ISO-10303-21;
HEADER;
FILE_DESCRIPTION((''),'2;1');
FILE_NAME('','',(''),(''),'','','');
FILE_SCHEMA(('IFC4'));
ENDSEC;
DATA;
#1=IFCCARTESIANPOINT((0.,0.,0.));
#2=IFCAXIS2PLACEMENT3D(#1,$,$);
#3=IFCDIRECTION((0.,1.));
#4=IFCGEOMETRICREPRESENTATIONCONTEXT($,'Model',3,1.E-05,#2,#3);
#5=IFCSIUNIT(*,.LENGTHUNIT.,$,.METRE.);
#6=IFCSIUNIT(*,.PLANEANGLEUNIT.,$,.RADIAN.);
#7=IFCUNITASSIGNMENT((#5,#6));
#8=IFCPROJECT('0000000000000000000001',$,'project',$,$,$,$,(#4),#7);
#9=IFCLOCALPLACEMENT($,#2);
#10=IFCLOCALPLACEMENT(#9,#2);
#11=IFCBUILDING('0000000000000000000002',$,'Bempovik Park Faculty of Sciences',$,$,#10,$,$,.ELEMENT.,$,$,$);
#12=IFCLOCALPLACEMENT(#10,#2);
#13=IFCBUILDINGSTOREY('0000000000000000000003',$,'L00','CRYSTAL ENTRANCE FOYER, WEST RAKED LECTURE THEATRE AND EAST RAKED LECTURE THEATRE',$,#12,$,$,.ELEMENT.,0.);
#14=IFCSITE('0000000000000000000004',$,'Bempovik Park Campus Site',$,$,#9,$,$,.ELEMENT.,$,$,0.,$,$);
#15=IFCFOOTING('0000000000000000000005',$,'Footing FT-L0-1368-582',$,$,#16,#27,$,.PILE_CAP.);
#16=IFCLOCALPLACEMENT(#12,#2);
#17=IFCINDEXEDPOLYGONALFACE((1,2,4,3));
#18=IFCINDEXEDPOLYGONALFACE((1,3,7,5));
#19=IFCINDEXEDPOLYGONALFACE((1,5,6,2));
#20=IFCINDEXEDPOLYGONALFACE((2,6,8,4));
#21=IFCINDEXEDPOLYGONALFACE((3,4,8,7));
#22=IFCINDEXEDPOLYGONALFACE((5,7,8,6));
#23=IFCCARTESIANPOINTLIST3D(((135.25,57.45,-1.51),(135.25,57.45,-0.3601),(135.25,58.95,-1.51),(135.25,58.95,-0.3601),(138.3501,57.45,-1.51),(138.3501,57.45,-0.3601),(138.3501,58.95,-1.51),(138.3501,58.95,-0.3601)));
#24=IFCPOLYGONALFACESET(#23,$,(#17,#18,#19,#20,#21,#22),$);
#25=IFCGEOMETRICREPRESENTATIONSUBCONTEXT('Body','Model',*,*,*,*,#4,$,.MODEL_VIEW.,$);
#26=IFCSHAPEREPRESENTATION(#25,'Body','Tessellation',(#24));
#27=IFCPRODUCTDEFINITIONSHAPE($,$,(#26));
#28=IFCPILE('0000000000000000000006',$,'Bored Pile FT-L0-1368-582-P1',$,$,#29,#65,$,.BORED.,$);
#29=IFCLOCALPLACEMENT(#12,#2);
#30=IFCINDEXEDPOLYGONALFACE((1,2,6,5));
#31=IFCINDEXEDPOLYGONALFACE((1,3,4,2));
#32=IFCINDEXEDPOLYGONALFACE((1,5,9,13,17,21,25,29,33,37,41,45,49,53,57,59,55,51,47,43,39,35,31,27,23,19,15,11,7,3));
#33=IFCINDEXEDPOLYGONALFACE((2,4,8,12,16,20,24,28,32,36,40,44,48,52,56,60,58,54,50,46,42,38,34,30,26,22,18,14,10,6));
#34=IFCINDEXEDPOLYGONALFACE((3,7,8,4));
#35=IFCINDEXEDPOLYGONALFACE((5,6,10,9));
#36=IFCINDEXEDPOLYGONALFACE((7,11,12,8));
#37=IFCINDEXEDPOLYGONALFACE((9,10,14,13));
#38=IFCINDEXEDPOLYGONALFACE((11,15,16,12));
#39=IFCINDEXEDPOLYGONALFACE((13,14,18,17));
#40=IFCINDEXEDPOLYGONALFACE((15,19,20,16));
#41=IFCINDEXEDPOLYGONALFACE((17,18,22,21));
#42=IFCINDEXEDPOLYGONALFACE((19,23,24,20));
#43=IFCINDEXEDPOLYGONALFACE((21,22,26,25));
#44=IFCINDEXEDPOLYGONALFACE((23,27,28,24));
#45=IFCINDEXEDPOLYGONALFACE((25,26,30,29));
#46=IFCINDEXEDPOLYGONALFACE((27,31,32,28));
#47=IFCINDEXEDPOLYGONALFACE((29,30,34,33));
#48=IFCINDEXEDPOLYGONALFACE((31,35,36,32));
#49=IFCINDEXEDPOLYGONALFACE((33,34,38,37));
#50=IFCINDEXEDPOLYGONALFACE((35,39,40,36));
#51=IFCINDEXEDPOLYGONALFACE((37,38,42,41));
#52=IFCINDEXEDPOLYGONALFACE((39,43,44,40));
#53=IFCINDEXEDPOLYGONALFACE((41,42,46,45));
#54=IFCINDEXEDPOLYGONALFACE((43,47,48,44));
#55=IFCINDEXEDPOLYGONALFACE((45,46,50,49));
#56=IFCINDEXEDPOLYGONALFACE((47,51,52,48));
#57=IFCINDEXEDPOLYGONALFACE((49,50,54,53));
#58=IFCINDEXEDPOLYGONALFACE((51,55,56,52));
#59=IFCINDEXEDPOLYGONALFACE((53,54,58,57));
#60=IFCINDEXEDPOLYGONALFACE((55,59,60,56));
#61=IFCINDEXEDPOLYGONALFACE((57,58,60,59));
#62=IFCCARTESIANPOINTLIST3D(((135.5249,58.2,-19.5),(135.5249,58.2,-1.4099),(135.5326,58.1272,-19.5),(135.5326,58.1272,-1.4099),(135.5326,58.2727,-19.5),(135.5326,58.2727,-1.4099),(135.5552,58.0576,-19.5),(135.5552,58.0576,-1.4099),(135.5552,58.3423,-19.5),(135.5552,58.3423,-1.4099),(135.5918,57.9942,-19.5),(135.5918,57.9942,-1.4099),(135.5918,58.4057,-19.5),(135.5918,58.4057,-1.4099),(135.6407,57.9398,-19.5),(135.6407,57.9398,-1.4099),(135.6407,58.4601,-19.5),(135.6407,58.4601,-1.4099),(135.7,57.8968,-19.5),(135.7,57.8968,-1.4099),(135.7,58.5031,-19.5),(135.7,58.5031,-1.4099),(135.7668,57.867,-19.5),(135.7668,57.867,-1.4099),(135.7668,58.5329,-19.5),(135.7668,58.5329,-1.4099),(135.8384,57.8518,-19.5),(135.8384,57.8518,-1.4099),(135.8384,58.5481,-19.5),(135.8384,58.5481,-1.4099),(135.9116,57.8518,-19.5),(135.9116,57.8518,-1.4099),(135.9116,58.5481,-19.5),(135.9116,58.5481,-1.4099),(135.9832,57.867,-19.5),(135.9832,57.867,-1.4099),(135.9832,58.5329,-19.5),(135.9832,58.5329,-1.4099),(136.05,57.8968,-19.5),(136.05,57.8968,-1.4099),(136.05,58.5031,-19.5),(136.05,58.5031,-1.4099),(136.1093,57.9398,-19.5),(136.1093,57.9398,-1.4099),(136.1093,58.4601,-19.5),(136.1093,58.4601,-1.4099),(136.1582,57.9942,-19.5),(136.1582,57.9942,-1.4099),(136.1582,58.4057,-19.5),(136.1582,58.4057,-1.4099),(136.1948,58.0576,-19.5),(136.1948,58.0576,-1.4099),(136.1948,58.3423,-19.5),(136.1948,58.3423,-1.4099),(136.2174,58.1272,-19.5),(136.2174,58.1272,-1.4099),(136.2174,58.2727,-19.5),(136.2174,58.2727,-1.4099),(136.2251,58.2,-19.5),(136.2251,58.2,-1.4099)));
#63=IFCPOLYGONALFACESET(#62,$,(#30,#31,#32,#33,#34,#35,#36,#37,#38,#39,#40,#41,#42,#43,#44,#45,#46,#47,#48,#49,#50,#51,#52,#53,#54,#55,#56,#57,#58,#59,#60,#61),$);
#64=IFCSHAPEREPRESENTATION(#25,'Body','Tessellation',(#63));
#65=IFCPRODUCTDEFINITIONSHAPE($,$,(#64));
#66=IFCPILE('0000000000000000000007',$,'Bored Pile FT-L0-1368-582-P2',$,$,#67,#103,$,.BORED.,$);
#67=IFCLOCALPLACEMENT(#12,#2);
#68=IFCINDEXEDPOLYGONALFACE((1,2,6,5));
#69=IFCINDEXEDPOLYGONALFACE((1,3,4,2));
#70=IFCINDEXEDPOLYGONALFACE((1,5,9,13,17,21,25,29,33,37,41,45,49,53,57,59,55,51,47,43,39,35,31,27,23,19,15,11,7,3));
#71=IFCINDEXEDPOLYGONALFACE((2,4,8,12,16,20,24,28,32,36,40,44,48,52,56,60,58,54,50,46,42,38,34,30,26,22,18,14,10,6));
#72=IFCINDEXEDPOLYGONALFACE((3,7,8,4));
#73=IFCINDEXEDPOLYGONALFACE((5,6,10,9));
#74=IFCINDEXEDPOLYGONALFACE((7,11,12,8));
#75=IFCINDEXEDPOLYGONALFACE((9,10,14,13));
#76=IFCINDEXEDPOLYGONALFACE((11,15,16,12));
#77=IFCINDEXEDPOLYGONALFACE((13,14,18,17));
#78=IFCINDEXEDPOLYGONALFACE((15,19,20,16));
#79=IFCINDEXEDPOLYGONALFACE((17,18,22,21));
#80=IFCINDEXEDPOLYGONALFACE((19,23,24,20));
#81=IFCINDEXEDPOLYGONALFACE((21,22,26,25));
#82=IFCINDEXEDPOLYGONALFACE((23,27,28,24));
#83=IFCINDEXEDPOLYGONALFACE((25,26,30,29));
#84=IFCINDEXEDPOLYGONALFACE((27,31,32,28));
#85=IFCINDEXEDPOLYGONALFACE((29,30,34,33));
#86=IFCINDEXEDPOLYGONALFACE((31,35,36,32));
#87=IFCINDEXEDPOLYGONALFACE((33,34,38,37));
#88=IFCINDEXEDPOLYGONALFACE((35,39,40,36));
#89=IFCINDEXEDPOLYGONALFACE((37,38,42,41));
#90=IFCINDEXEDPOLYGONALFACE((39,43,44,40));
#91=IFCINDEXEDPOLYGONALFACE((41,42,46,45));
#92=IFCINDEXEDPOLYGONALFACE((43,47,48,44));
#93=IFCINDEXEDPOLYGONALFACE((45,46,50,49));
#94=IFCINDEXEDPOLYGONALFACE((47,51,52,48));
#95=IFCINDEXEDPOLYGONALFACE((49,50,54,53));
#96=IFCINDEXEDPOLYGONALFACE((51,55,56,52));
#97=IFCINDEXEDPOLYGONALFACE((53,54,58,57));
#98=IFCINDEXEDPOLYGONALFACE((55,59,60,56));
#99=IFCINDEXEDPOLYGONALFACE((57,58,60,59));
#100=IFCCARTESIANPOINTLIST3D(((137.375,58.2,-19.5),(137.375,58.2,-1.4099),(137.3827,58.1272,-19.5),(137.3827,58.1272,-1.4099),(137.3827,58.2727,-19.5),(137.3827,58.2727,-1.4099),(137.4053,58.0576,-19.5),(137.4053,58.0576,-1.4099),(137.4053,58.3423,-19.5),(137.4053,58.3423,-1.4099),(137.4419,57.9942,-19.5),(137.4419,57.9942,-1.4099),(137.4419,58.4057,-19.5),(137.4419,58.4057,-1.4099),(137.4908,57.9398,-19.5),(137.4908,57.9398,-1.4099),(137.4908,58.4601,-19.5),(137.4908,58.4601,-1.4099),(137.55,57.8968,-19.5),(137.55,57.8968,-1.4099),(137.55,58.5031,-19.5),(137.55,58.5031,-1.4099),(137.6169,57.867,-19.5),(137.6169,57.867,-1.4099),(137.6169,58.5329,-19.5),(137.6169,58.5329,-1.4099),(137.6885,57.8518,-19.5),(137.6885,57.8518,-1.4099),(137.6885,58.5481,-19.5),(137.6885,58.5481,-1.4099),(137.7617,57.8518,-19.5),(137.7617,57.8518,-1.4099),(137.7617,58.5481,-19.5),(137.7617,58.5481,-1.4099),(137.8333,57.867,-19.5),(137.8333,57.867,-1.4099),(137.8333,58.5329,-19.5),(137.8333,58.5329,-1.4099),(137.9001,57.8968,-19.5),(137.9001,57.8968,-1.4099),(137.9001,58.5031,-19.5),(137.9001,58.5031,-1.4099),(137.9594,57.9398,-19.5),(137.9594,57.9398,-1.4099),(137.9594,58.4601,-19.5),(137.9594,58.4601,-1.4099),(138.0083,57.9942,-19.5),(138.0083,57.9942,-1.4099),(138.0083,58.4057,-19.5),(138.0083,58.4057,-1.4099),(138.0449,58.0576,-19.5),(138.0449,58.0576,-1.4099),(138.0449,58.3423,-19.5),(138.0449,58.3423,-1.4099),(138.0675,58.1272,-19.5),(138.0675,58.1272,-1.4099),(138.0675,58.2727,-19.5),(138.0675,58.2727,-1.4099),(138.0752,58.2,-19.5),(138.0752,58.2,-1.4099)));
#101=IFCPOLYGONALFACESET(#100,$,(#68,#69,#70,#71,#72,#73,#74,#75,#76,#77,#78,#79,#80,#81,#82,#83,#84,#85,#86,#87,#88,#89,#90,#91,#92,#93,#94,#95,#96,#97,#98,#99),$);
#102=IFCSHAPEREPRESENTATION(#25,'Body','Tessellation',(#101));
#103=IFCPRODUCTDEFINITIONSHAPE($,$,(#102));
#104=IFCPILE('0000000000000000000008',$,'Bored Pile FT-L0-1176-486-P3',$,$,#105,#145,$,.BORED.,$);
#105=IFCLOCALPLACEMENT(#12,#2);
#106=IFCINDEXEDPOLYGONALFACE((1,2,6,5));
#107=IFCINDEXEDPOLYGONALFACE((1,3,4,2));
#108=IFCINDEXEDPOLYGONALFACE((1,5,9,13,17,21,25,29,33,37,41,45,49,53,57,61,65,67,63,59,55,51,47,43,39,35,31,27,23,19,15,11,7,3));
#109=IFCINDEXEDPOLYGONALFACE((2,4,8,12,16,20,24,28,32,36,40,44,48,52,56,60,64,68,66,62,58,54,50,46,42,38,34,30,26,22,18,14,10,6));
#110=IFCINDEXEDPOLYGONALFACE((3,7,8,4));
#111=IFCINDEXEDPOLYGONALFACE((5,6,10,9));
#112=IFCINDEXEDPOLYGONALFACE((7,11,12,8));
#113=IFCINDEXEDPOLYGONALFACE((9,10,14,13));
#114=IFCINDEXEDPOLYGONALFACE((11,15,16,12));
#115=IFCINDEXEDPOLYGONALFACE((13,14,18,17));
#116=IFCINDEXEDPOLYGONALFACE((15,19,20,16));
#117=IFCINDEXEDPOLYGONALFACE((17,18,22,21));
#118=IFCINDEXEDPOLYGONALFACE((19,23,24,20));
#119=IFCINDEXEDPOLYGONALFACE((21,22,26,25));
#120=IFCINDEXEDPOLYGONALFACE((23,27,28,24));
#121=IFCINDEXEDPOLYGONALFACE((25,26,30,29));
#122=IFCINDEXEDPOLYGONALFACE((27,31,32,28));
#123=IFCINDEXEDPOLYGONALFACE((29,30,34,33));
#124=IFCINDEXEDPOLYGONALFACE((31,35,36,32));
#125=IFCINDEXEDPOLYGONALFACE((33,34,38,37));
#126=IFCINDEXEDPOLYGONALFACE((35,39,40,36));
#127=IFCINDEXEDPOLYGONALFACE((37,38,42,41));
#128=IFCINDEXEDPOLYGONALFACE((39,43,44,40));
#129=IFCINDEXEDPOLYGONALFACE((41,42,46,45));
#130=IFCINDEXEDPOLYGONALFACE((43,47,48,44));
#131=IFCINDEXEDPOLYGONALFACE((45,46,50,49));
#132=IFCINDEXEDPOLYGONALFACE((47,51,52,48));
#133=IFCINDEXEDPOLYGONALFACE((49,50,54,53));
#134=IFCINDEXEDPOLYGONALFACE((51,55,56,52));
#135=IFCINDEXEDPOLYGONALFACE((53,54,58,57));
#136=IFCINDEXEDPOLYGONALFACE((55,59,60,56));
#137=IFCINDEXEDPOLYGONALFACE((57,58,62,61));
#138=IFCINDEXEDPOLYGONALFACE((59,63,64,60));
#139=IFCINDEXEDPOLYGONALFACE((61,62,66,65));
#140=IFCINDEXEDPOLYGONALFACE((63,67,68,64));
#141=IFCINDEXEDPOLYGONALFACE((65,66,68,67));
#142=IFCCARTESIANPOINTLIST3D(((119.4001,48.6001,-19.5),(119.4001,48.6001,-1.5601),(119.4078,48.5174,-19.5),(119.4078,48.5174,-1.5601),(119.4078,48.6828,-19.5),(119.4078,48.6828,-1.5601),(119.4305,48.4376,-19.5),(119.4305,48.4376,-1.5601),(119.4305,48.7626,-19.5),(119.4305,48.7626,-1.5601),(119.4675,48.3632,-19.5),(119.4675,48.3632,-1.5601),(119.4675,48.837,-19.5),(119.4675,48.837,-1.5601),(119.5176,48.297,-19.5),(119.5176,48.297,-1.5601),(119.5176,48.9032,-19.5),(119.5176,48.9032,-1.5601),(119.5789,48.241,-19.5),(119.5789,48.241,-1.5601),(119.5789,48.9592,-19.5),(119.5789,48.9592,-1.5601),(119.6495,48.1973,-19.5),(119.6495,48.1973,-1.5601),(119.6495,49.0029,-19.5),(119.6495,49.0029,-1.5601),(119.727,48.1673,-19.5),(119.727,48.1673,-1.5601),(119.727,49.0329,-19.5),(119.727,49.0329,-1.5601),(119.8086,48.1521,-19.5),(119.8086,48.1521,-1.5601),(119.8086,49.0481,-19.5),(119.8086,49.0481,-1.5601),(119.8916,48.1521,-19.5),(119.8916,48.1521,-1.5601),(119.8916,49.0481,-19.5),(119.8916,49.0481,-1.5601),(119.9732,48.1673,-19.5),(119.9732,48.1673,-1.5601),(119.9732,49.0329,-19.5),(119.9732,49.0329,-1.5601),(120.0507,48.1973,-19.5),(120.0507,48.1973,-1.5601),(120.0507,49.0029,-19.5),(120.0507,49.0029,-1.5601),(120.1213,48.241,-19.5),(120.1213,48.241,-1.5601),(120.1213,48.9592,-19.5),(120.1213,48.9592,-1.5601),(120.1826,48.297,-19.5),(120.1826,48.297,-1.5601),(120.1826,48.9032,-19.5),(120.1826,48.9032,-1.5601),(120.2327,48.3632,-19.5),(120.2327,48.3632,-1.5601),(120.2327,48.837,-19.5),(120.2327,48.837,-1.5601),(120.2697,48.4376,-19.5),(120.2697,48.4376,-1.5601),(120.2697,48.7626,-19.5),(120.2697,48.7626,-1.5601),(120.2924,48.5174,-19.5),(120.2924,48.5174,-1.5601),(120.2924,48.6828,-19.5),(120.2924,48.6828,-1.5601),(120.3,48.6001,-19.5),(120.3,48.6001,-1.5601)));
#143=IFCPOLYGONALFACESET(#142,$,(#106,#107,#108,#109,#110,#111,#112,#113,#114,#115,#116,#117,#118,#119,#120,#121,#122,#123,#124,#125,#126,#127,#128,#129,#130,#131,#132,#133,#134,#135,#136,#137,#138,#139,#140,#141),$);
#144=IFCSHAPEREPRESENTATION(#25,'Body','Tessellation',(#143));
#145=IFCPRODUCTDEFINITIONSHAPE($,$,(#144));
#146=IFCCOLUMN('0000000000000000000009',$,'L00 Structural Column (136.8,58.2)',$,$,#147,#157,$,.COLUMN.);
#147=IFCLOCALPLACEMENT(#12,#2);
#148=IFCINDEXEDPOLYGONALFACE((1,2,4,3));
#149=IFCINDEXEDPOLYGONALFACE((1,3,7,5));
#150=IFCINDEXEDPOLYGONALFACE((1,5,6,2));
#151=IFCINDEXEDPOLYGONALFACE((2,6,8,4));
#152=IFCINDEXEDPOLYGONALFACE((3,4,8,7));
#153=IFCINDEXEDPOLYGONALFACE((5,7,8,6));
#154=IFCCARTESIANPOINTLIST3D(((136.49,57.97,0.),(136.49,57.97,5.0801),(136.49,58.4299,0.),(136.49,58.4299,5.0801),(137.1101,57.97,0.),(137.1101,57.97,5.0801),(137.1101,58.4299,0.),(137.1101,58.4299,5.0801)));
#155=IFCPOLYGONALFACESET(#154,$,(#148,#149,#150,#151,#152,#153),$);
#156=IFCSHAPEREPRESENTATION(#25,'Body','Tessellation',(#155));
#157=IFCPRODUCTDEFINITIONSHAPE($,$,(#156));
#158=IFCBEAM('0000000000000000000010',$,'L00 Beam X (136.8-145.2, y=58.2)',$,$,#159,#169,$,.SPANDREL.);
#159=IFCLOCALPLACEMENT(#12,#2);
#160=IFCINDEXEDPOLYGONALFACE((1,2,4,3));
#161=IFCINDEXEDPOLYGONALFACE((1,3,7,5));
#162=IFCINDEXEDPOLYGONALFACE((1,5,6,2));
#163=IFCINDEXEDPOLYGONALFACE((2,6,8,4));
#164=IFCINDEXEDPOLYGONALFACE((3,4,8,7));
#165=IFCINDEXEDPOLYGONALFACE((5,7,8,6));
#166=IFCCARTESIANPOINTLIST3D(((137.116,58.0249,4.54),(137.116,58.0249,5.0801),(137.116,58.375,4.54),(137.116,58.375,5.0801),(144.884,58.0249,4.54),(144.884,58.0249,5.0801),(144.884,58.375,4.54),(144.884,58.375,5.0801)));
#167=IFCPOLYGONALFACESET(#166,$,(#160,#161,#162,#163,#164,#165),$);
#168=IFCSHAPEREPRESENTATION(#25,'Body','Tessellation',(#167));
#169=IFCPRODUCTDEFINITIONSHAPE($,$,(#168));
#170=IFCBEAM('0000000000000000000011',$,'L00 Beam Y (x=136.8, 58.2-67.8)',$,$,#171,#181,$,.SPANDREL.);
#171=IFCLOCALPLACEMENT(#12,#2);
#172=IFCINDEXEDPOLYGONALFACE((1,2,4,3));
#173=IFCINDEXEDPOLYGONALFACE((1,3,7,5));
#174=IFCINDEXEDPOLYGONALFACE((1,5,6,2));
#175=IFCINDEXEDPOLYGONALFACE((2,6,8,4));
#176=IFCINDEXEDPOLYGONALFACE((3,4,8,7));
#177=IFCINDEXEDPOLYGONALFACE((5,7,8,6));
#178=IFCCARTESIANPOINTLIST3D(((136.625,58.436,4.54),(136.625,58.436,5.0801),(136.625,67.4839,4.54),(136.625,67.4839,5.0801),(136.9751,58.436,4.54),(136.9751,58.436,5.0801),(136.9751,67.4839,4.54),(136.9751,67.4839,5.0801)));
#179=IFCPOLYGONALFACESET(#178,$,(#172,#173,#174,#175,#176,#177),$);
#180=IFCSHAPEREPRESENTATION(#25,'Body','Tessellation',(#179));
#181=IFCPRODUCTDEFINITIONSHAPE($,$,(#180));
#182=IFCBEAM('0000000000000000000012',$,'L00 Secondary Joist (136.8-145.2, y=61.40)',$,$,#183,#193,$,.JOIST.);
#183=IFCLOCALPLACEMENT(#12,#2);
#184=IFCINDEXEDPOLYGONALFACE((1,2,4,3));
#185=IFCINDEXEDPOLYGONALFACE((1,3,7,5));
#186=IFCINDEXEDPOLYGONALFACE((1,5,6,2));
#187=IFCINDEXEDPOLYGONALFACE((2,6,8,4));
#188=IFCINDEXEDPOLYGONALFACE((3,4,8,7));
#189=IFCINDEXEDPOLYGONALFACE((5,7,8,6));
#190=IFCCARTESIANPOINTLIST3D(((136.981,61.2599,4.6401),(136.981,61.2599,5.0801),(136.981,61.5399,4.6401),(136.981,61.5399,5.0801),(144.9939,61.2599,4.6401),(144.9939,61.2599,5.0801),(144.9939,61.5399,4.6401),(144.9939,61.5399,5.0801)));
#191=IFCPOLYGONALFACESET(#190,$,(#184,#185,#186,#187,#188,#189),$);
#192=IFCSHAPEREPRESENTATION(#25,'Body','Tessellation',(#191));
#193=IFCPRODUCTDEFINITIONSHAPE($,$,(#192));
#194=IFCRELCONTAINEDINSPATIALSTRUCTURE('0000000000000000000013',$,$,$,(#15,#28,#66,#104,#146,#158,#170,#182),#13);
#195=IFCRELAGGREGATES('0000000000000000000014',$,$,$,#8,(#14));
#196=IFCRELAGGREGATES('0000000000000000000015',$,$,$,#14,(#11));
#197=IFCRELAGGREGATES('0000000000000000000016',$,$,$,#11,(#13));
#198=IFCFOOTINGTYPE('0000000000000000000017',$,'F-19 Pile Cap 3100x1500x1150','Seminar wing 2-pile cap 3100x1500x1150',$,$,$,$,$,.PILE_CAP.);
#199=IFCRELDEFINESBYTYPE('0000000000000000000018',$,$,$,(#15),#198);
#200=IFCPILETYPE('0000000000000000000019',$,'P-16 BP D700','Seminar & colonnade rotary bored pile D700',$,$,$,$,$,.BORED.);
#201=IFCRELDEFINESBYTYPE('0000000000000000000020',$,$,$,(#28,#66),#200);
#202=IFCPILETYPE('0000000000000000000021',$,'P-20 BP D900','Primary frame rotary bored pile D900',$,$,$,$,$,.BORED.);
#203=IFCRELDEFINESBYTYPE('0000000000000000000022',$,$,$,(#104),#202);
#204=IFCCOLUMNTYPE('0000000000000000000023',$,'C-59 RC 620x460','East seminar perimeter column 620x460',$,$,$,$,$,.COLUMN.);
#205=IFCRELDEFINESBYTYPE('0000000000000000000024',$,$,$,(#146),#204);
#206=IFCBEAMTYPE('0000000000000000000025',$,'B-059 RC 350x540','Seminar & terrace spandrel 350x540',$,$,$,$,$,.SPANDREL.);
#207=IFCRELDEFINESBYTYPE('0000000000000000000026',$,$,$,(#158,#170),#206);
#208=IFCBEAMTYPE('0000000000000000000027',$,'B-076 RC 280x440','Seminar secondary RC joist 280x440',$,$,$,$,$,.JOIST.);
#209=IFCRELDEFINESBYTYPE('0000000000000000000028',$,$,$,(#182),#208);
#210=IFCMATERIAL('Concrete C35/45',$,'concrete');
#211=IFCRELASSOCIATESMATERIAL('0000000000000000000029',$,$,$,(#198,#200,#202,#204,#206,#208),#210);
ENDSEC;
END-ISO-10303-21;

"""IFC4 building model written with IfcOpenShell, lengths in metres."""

from ifc_helpers import new_model, si_unit, direction, frame, origin, origin_2d, place, context, subcontext, project, spatial, rectangle, circle, extrude, material, material_profile, profile_set, type_object, element, save


model = new_model("IFC4")

# Units and contexts
model_context = context("Model", 3, precision=1e-05, world=origin(), true_north=direction((0.0, 1.0)))
body_context = subcontext(model_context, "Body", "Model", "MODEL_VIEW")
ifc_project = project(units=[si_unit("LENGTHUNIT", "METRE"), si_unit("PLANEANGLEUNIT", "RADIAN")], contexts=[model_context])

# Site, building, storey
site_placement = place(None, origin())
site = spatial("IfcSite", under=ifc_project, at=site_placement, Name="Bempovik Park Campus Site", CompositionType="ELEMENT", RefElevation=0.0)
building_placement = place(site_placement, origin())
building = spatial("IfcBuilding", under=site, at=building_placement, Name="Bempovik Park Faculty of Sciences", CompositionType="ELEMENT")
storey_placement = place(building_placement, origin())
storey = spatial("IfcBuildingStorey", under=building, at=storey_placement, Name="L00", Description="CRYSTAL ENTRANCE FOYER, WEST RAKED LECTURE THEATRE AND EAST RAKED LECTURE THEATRE", CompositionType="ELEMENT", Elevation=0.0)

# Footing
ifc_material_1 = material(Name="Concrete C35/45", Category="concrete")
footing_type = type_object("IfcFootingType", Name="F-19 Pile Cap 3100x1500x1150", Description="Seminar wing 2-pile cap 3100x1500x1150", PredefinedType="PILE_CAP", material=ifc_material_1)
footing_placement = place(storey_placement, frame((136.8, 58.2, -1.51), z_axis=(0.0, 0.0, 1.0), x_axis=(1.0, 0.0, 0.0)))
element("IfcFooting", 1, at=footing_placement, inside=storey, type_object=footing_type, Name="Footing FT-L0-1368-582", PredefinedType="PILE_CAP", context=body_context, shape_type="SweptSolid", body=[
    extrude(rectangle(XDim=3.1001, YDim=1.5, at=origin_2d()), origin(), (0.0, 0.0, 1.0), 1.1499),
])

# Piles
ifc_material_profile_1 = material_profile(ifc_material_1, circle(Radius=0.3501, at=origin_2d()), Name="BP D700")
ifc_profile_set_1 = profile_set([ifc_material_profile_1], Name="Concrete C35/45")
pile_type_1 = type_object("IfcPileType", Name="P-16 BP D700", Description="Seminar & colonnade rotary bored pile D700", PredefinedType="BORED", material=ifc_profile_set_1)
for number, where, z_axis, x_axis, name in (
    (2, (135.875, 58.2, -1.4099), (0.0, 0.0, -1.0), (1.0, 0.0, 0.0), "Bored Pile FT-L0-1368-582-P1"),
    (3, (137.7251, 58.2, -1.4099), (0.0, 0.0, -1.0), (1.0, 0.0, 0.0), "Bored Pile FT-L0-1368-582-P2"),
):
    element("IfcPile", number, at=place(storey_placement, frame(where, z_axis=z_axis, x_axis=x_axis)), inside=storey, type_object=pile_type_1, Name=name, PredefinedType="BORED", context=body_context, shape_type="SweptSolid", body=[
        extrude(circle(Radius=0.3501, at=origin_2d()), origin(), (0.0, 0.0, 1.0), 18.0901),
    ])
ifc_material_profile_2 = material_profile(ifc_material_1, circle(Radius=0.45, at=origin_2d()), Name="BP D900")
ifc_profile_set_2 = profile_set([ifc_material_profile_2], Name="Concrete C35/45")
pile_type_2 = type_object("IfcPileType", Name="P-20 BP D900", Description="Primary frame rotary bored pile D900", PredefinedType="BORED", material=ifc_profile_set_2)
pile_placement = place(storey_placement, frame((119.8501, 48.6001, -1.5601), z_axis=(0.0, 0.0, -1.0), x_axis=(1.0, 0.0, 0.0)))
element("IfcPile", 4, at=pile_placement, inside=storey, type_object=pile_type_2, Name="Bored Pile FT-L0-1176-486-P3", PredefinedType="BORED", context=body_context, shape_type="SweptSolid", body=[
    extrude(circle(Radius=0.45, at=origin_2d()), origin(), (0.0, 0.0, 1.0), 17.9399),
])

# Column
ifc_material_profile_3 = material_profile(ifc_material_1, rectangle(XDim=0.6201, YDim=0.46, at=origin_2d()), Name="RC 620x460")
ifc_profile_set_3 = profile_set([ifc_material_profile_3], Name="Concrete C35/45")
column_type = type_object("IfcColumnType", Name="C-59 RC 620x460", Description="East seminar perimeter column 620x460", PredefinedType="COLUMN", material=ifc_profile_set_3)
column_placement = place(storey_placement, frame((136.8, 58.2, 0.0), z_axis=(0.0, 0.0, 1.0), x_axis=(1.0, 0.0, 0.0)))
element("IfcColumn", 5, at=column_placement, inside=storey, type_object=column_type, Name="L00 Structural Column (136.8,58.2)", PredefinedType="COLUMN", context=body_context, shape_type="SweptSolid", body=[
    extrude(rectangle(XDim=0.6201, YDim=0.46, at=origin_2d()), origin(), (0.0, 0.0, 1.0), 5.0801),
])

# Beams
ifc_material_profile_4 = material_profile(ifc_material_1, rectangle(XDim=0.3501, YDim=0.54, at=origin_2d()), Name="RC 350x540")
ifc_profile_set_4 = profile_set([ifc_material_profile_4], Name="Concrete C35/45")
beam_type_1 = type_object("IfcBeamType", Name="B-059 RC 350x540", Description="Seminar & terrace spandrel 350x540", PredefinedType="SPANDREL", material=ifc_profile_set_4)
beam_1_placement = place(storey_placement, frame((137.116, 58.2, 4.8101), z_axis=(1.0, 0.0, 0.0), x_axis=(0.0, 1.0, 0.0)))
element("IfcBeam", 6, at=beam_1_placement, inside=storey, type_object=beam_type_1, Name="L00 Beam X (136.8-145.2, y=58.2)", PredefinedType="SPANDREL", context=body_context, shape_type="SweptSolid", body=[
    extrude(rectangle(XDim=0.3501, YDim=0.54, at=origin_2d()), origin(), (0.0, 0.0, 1.0), 7.7681),
])
beam_2_placement = place(storey_placement, frame((136.8, 58.436, 4.8101), z_axis=(0.0, 1.0, 0.0), x_axis=(-1.0, 0.0, 0.0)))
element("IfcBeam", 7, at=beam_2_placement, inside=storey, type_object=beam_type_1, Name="L00 Beam Y (x=136.8, 58.2-67.8)", PredefinedType="SPANDREL", context=body_context, shape_type="SweptSolid", body=[
    extrude(rectangle(XDim=0.3501, YDim=0.54, at=origin_2d()), origin(), (0.0, 0.0, 1.0), 9.0479),
])
ifc_material_profile_5 = material_profile(ifc_material_1, rectangle(XDim=0.28, YDim=0.4399, at=origin_2d()), Name="RC 280x440")
ifc_profile_set_5 = profile_set([ifc_material_profile_5], Name="Concrete C35/45")
beam_type_2 = type_object("IfcBeamType", Name="B-076 RC 280x440", Description="Seminar secondary RC joist 280x440", PredefinedType="JOIST", material=ifc_profile_set_5)
beam_3_placement = place(storey_placement, frame((136.981, 61.3999, 4.8601), z_axis=(1.0, 0.0, 0.0), x_axis=(0.0, 1.0, 0.0)))
element("IfcBeam", 8, at=beam_3_placement, inside=storey, type_object=beam_type_2, Name="L00 Secondary Joist (136.8-145.2, y=61.40)", PredefinedType="JOIST", context=body_context, shape_type="SweptSolid", body=[
    extrude(rectangle(XDim=0.28, YDim=0.4399, at=origin_2d()), origin(), (0.0, 0.0, 1.0), 8.0129),
])

save(model, "model.ifc")
